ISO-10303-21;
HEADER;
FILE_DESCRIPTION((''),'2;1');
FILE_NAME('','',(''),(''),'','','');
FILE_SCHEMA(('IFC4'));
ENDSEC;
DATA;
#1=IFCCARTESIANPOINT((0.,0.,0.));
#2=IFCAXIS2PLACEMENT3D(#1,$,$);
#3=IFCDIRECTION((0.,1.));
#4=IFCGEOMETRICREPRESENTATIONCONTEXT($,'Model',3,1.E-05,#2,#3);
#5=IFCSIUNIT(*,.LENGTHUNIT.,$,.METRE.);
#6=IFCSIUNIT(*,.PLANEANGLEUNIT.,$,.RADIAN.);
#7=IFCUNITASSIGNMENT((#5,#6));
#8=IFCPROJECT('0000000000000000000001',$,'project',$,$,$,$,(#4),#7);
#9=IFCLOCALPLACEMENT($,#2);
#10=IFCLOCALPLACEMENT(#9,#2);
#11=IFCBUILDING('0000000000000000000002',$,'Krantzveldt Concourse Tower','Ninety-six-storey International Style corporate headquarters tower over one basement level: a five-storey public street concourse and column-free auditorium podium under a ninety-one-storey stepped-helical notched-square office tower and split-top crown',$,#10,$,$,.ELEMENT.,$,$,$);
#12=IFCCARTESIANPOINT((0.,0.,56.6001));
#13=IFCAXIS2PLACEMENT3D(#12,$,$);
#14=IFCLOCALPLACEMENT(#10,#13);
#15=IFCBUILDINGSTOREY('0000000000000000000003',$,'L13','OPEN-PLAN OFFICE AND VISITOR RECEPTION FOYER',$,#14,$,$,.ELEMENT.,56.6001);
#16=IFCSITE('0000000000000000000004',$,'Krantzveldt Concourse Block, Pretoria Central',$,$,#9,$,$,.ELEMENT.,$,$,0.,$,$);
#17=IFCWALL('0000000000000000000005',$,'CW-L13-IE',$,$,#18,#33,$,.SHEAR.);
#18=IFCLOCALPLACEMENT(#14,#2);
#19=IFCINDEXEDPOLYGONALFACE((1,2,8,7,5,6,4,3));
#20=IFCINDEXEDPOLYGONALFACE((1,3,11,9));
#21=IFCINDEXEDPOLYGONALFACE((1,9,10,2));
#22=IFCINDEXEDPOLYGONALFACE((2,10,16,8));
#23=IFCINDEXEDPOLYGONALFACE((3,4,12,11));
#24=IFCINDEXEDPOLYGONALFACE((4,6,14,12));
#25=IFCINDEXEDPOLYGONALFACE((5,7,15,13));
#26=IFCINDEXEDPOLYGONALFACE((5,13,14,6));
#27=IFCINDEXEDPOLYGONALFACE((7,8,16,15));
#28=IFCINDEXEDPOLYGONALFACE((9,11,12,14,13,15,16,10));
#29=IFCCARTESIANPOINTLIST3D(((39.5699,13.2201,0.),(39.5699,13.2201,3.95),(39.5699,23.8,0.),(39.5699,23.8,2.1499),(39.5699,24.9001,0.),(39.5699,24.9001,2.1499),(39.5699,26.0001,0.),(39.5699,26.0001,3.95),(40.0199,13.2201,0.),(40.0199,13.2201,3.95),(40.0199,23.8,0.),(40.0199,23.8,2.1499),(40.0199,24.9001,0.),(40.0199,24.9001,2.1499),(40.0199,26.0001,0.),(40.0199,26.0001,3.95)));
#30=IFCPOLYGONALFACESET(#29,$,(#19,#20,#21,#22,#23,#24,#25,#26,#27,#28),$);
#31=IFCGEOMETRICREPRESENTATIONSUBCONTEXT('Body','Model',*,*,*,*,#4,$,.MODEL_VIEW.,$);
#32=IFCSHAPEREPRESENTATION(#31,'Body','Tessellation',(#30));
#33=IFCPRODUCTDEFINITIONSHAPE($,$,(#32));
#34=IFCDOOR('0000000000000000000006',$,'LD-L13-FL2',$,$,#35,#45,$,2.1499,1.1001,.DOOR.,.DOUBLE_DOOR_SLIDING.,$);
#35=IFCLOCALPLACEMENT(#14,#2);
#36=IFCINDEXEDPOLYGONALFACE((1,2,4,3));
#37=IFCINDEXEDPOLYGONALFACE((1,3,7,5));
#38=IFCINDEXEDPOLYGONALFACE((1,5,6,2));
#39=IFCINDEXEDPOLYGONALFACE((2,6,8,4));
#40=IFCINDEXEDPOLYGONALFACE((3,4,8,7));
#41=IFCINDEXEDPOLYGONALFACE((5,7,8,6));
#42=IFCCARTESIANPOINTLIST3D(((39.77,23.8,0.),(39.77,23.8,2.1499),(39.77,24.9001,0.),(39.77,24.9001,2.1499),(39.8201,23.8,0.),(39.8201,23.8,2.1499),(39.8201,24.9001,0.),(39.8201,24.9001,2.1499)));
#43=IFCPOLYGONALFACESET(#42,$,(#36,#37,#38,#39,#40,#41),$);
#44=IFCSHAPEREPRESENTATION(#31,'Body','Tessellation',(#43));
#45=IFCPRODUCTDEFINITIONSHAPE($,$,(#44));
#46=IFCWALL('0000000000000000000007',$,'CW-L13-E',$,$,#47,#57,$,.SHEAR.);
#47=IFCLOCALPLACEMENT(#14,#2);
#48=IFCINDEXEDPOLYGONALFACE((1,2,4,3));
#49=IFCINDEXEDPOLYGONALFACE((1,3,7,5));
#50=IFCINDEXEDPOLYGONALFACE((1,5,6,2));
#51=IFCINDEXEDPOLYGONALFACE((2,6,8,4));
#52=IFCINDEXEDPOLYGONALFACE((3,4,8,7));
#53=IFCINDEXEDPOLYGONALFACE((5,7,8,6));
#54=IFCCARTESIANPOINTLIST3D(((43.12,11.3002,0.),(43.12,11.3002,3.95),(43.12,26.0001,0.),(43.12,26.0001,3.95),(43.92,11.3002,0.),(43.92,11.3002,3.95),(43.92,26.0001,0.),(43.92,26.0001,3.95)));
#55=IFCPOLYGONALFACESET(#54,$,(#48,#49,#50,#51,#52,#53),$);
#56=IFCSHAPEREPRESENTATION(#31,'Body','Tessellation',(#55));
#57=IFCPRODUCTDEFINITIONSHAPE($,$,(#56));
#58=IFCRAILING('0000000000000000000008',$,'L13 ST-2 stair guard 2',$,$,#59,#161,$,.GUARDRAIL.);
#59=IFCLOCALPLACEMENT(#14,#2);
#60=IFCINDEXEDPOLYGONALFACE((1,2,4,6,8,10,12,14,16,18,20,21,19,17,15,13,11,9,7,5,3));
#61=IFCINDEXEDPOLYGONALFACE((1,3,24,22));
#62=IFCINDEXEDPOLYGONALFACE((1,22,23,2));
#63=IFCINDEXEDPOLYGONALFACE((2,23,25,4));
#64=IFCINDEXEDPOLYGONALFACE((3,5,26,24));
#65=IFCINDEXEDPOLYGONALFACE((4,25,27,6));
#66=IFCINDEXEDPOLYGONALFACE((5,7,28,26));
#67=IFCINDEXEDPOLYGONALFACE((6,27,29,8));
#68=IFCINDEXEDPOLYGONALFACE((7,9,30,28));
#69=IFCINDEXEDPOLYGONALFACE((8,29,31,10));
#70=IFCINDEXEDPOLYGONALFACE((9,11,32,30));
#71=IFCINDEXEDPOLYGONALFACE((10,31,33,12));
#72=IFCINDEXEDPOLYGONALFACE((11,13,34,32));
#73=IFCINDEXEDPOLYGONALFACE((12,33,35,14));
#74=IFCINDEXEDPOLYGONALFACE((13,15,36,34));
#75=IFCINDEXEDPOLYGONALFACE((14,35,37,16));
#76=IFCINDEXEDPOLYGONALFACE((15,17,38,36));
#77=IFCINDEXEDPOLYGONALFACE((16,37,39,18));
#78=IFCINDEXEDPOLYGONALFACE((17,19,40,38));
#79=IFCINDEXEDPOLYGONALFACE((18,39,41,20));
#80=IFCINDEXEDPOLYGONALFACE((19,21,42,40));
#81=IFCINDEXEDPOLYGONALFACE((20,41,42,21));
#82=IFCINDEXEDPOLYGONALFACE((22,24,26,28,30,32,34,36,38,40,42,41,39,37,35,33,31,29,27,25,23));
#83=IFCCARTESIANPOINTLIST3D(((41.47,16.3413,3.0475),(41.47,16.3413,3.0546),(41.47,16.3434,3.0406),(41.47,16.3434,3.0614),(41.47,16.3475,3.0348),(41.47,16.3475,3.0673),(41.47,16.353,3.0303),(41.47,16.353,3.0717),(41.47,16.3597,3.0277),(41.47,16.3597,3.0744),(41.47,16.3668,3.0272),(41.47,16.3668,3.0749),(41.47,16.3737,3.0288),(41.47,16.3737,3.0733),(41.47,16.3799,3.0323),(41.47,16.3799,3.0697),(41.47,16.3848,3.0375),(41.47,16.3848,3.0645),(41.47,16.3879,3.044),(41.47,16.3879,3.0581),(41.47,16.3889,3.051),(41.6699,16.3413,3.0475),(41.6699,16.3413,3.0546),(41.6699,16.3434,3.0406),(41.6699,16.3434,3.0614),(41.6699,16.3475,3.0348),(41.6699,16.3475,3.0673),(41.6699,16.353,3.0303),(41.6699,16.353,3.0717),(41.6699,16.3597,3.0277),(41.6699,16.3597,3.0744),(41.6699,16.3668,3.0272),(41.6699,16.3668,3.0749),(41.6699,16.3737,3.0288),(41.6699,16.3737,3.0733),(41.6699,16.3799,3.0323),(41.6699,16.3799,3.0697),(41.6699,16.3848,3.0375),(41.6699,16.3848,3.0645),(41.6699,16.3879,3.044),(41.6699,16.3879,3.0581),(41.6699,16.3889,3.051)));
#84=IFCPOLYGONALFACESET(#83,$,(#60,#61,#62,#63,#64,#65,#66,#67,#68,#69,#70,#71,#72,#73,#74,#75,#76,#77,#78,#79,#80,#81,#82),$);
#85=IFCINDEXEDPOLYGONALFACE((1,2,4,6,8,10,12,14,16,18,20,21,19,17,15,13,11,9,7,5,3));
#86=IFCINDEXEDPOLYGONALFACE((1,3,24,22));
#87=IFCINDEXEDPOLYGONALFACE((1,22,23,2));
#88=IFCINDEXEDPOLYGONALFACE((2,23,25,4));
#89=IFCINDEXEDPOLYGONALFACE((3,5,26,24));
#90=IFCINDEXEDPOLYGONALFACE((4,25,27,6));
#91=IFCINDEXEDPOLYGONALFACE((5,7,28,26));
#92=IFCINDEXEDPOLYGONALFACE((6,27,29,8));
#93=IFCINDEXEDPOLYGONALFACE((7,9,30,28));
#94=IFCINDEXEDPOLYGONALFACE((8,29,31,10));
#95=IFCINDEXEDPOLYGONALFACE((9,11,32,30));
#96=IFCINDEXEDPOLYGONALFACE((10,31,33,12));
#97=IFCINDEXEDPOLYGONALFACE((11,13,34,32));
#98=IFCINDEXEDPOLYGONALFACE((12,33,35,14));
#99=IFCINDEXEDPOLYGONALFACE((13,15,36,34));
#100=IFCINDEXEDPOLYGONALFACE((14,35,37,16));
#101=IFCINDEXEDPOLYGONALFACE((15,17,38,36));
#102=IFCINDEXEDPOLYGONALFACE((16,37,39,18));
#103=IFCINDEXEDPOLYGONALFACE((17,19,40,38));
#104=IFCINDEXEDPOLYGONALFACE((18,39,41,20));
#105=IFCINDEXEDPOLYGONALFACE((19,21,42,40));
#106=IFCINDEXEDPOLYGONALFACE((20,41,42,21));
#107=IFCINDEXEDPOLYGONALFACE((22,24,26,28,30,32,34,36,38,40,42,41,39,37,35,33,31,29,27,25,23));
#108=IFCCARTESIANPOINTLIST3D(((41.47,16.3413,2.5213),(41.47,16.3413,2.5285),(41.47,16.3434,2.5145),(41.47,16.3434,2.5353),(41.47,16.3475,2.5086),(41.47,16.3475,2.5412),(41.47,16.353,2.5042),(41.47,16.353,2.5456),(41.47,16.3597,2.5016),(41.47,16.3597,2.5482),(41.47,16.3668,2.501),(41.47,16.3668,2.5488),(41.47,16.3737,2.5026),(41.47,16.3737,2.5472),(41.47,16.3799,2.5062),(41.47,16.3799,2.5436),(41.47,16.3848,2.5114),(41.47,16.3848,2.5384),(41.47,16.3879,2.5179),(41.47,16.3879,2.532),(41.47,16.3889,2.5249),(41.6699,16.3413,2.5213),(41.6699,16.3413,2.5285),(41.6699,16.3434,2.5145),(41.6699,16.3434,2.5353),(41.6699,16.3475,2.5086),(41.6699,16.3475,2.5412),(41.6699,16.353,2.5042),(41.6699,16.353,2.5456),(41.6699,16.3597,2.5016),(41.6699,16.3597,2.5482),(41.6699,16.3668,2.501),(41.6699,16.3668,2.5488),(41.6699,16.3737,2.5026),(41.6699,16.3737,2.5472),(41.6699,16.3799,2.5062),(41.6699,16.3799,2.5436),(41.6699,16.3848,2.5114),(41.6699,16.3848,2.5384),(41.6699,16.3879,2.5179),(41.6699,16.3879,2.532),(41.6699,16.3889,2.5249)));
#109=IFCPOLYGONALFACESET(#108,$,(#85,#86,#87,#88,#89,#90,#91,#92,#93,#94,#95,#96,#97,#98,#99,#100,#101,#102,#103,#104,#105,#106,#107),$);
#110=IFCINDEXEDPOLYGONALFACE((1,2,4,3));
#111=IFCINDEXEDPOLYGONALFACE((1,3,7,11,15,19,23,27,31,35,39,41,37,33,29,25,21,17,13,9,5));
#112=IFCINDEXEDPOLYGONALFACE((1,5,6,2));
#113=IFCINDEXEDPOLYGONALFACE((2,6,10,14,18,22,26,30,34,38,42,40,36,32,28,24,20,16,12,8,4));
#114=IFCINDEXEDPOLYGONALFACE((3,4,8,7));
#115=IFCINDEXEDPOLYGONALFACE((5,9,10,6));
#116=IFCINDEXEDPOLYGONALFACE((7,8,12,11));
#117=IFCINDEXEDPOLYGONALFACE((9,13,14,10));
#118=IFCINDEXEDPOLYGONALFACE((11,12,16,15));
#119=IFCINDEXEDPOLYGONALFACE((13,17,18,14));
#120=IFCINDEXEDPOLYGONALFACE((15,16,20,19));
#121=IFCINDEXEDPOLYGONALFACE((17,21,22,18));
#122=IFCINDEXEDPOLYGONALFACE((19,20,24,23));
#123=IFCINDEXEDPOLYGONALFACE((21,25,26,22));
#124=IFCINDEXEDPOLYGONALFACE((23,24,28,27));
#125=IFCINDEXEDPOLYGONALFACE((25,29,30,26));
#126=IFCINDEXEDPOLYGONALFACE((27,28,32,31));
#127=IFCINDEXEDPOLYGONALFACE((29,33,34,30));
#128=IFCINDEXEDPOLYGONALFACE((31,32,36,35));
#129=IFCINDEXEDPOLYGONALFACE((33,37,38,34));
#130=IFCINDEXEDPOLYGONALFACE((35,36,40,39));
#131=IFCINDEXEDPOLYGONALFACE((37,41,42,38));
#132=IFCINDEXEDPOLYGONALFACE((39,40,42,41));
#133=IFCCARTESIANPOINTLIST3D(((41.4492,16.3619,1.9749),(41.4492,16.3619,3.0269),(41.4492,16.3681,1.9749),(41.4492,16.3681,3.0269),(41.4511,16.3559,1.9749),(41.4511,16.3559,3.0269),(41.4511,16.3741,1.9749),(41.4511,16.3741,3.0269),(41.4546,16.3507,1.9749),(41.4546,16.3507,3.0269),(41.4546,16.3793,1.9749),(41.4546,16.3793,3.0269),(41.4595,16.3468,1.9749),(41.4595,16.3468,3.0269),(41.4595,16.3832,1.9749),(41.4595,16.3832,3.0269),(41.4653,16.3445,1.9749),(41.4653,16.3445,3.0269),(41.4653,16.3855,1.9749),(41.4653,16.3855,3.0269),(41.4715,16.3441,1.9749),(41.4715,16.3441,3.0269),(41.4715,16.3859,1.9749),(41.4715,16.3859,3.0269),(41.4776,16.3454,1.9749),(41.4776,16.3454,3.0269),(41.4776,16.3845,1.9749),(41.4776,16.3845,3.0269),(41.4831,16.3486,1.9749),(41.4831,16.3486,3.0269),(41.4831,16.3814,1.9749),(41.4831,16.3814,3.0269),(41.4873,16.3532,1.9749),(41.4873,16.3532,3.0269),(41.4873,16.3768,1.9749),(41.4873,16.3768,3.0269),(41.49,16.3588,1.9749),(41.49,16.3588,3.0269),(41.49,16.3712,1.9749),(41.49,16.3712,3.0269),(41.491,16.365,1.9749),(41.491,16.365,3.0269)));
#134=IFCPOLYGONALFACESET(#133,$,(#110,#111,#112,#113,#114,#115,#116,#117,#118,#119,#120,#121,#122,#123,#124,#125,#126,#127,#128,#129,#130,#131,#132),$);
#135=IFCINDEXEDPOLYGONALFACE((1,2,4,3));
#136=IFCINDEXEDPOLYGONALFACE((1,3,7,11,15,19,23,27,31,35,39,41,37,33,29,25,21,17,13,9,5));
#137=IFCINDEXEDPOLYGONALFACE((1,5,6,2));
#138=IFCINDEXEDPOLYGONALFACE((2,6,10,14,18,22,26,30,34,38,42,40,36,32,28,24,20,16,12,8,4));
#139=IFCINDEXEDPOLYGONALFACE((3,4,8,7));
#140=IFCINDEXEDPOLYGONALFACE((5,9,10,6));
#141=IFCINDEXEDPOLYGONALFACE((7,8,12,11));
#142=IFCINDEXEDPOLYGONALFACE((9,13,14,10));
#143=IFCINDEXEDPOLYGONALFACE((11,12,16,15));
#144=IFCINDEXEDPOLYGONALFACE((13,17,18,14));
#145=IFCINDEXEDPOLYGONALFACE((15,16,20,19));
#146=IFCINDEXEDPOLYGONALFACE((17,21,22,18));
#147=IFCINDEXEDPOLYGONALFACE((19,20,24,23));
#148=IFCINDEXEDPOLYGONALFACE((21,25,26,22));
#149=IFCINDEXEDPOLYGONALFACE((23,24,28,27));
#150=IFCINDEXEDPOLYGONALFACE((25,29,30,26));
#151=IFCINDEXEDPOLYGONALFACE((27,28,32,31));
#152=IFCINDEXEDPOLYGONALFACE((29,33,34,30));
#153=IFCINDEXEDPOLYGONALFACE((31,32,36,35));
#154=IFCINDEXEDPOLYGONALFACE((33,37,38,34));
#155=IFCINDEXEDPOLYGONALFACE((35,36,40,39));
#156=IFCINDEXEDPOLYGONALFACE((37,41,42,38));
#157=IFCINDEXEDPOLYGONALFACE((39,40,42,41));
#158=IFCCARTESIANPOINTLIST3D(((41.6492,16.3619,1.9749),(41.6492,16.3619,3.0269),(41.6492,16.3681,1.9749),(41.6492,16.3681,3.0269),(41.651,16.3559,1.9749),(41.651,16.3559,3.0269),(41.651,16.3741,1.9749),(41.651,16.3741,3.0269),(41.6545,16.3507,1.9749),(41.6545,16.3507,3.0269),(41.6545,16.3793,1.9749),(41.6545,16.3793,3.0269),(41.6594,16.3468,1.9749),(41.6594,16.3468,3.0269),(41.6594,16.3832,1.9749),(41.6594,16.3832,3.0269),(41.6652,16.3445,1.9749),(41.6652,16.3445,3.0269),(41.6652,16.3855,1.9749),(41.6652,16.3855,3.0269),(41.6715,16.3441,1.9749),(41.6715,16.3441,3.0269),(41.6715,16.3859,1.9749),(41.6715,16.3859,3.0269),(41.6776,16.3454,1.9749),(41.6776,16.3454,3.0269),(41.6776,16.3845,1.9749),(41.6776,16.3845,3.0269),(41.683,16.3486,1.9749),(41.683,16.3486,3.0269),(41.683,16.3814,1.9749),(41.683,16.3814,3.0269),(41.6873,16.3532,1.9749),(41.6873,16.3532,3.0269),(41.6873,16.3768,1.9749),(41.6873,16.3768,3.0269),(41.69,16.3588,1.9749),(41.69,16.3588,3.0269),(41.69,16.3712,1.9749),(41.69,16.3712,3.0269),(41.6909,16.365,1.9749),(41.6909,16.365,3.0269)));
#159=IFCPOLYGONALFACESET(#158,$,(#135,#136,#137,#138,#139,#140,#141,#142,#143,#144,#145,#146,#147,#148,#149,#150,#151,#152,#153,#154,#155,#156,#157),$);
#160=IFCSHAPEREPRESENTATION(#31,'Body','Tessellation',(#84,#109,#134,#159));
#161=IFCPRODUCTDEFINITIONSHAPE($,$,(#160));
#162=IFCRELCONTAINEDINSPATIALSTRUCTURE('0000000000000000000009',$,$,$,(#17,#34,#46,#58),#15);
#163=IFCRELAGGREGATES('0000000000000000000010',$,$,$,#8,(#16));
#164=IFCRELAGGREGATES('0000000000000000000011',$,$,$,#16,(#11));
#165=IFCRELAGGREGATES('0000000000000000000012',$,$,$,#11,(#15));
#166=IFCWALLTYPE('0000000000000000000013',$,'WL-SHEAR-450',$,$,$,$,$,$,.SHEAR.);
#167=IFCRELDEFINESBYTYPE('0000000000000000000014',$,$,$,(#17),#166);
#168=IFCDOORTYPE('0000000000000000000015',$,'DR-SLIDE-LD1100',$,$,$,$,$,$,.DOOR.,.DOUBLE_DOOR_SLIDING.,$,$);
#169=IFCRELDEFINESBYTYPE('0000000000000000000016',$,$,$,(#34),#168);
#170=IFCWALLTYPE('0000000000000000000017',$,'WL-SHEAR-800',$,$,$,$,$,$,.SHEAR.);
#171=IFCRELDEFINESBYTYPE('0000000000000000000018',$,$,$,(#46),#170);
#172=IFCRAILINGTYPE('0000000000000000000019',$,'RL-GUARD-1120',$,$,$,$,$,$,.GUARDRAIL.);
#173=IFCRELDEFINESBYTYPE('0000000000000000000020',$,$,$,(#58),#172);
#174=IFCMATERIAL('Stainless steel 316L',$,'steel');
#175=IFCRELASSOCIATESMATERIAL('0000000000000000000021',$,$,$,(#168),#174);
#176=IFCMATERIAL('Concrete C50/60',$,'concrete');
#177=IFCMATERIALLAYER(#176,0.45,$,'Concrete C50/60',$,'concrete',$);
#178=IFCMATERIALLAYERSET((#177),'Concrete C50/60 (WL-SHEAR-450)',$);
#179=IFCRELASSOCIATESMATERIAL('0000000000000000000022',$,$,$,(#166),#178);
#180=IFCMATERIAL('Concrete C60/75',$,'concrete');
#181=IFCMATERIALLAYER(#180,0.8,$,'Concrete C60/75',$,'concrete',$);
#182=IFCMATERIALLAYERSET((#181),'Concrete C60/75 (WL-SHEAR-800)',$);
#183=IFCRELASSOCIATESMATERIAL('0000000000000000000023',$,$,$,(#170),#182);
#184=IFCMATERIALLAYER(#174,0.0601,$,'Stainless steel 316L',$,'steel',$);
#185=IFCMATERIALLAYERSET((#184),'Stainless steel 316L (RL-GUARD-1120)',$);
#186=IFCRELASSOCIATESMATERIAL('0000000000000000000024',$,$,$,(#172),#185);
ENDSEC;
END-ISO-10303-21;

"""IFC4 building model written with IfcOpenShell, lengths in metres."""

from ifc_helpers import new_model, si_unit, direction, frame, frame_2d, origin, origin_2d, place, context, subcontext, project, spatial, rectangle, circle, extrude, material, layer, layer_set, type_object, element, fill, save


model = new_model("IFC4")

# Units and contexts
model_context = context("Model", 3, precision=1e-05, world=origin(), true_north=direction((0.0, 1.0)))
body_context = subcontext(model_context, "Body", "Model", "MODEL_VIEW")
ifc_project = project(units=[si_unit("LENGTHUNIT", "METRE"), si_unit("PLANEANGLEUNIT", "RADIAN")], contexts=[model_context])

# Site, building, storey
site_placement = place(None, origin())
site = spatial("IfcSite", under=ifc_project, at=site_placement, Name="Krantzveldt Concourse Block, Pretoria Central", CompositionType="ELEMENT", RefElevation=0.0)
building_placement = place(site_placement, origin())
building = spatial("IfcBuilding", under=site, at=building_placement, Name="Krantzveldt Concourse Tower", Description="Ninety-six-storey International Style corporate headquarters tower over one basement level: a five-storey public street concourse and column-free auditorium podium under a ninety-one-storey stepped-helical notched-square office tower and split-top crown", CompositionType="ELEMENT")
storey_placement = place(building_placement, frame((0.0, 0.0, 56.6001)))
storey = spatial("IfcBuildingStorey", under=building, at=storey_placement, Name="L13", Description="OPEN-PLAN OFFICE AND VISITOR RECEPTION FOYER", CompositionType="ELEMENT", Elevation=56.6001)

# Shared definitions
ifc_material_1 = material(Name="Stainless steel 316L", Category="steel")
door_type = type_object("IfcDoorType", Name="DR-SLIDE-LD1100", OperationType="DOUBLE_DOOR_SLIDING", PredefinedType="DOOR", material=ifc_material_1)

# Shared definitions
ifc_material_2 = material(Name="Concrete C50/60", Category="concrete")

# Wall, opening, door
ifc_layer_1 = layer(ifc_material_2, 0.45, Name="Concrete C50/60", Category="concrete")
ifc_layer_set_1 = layer_set([ifc_layer_1], Name="Concrete C50/60 (WL-SHEAR-450)")
wall_type_1 = type_object("IfcWallType", Name="WL-SHEAR-450", PredefinedType="SHEAR", material=ifc_layer_set_1)
wall_1_placement = place(storey_placement, frame((39.7949, 13.22, 0.0), z_axis=(0.0, 0.0, 1.0), x_axis=(0.0, 1.0, 0.0)))
wall_1 = element("IfcWall", 1, at=wall_1_placement, inside=storey, type_object=wall_type_1, Name="CW-L13-IE", PredefinedType="SHEAR", context=body_context, shape_type="SweptSolid", body=[
    extrude(rectangle(XDim=12.78, YDim=0.45, at=frame_2d((6.3901, 0.0))), origin(), (0.0, 0.0, 1.0), 3.95),
])
opening_1_placement = place(wall_1_placement, frame((10.5801, 0.0, 0.0)))
opening_1 = element("IfcOpeningElement", 2, at=opening_1_placement, cuts=wall_1, PredefinedType="OPENING", context=body_context, shape_type="SweptSolid", body=[
    extrude(rectangle(XDim=1.1001, YDim=2.1499, at=frame_2d((0.55, 1.075))), frame((0.0, 0.2349, 0.0), z_axis=(0.0, -1.0, 0.0), x_axis=(1.0, 0.0, 0.0)), (0.0, 0.0, 1.0), 0.47),
])
door_1_placement = place(opening_1_placement, origin())
door_1 = element("IfcDoor", 3, at=door_1_placement, inside=storey, type_object=door_type, Name="LD-L13-FL2", OperationType="DOUBLE_DOOR_SLIDING", OverallHeight=2.1499, OverallWidth=1.1001, PredefinedType="DOOR", context=body_context, shape_type="SweptSolid", body=[
    extrude(rectangle(XDim=1.1001, YDim=2.1499, at=frame_2d((0.55, 1.075))), frame((0.0, 0.0249, 0.0), z_axis=(0.0, -1.0, 0.0), x_axis=(1.0, 0.0, 0.0)), (0.0, 0.0, 1.0), 0.05),
])
fill(opening_1, door_1)

# Wall
ifc_material_3 = material(Name="Concrete C60/75", Category="concrete")
ifc_layer_2 = layer(ifc_material_3, 0.8, Name="Concrete C60/75", Category="concrete")
ifc_layer_set_2 = layer_set([ifc_layer_2], Name="Concrete C60/75 (WL-SHEAR-800)")
wall_type_2 = type_object("IfcWallType", Name="WL-SHEAR-800", PredefinedType="SHEAR", material=ifc_layer_set_2)
wall_2_placement = place(storey_placement, frame((43.52, 11.3, 0.0), z_axis=(0.0, 0.0, 1.0), x_axis=(0.0, 1.0, 0.0)))
element("IfcWall", 4, at=wall_2_placement, inside=storey, type_object=wall_type_2, Name="CW-L13-E", PredefinedType="SHEAR", context=body_context, shape_type="SweptSolid", body=[
    extrude(rectangle(XDim=14.7, YDim=0.8, at=frame_2d((7.3501, 0.0))), origin(), (0.0, 0.0, 1.0), 3.95),
])

# Railing
ifc_layer_3 = layer(ifc_material_1, 0.0601, Name="Stainless steel 316L", Category="steel")
ifc_layer_set_3 = layer_set([ifc_layer_3], Name="Stainless steel 316L (RL-GUARD-1120)")
railing_type = type_object("IfcRailingType", Name="RL-GUARD-1120", PredefinedType="GUARDRAIL", material=ifc_layer_set_3)
railing_placement = place(storey_placement, frame((41.47, 16.365, 1.9749)))
element("IfcRailing", 5, at=railing_placement, inside=storey, type_object=railing_type, Name="L13 ST-2 stair guard 2", PredefinedType="GUARDRAIL", context=body_context, shape_type="SweptSolid", body=[
    extrude(circle(Radius=0.0239, at=origin_2d()), frame((0.0, 0.0, 1.0762), z_axis=(1.0, 0.0, 0.0), x_axis=(0.0, 1.0, 0.0)), (0.0, 0.0, 1.0), 0.2),
    extrude(circle(Radius=0.0239, at=origin_2d()), frame((0.0, 0.0, 0.55), z_axis=(1.0, 0.0, 0.0), x_axis=(0.0, 1.0, 0.0)), (0.0, 0.0, 1.0), 0.2),
    extrude(circle(Radius=0.021, at=origin_2d()), origin(), (0.0, 0.0, 1.0), 1.052),
    extrude(circle(Radius=0.021, at=origin_2d()), frame((0.2, 0.0, 0.0)), (0.0, 0.0, 1.0), 1.052),
])

save(model, "model.ifc")
